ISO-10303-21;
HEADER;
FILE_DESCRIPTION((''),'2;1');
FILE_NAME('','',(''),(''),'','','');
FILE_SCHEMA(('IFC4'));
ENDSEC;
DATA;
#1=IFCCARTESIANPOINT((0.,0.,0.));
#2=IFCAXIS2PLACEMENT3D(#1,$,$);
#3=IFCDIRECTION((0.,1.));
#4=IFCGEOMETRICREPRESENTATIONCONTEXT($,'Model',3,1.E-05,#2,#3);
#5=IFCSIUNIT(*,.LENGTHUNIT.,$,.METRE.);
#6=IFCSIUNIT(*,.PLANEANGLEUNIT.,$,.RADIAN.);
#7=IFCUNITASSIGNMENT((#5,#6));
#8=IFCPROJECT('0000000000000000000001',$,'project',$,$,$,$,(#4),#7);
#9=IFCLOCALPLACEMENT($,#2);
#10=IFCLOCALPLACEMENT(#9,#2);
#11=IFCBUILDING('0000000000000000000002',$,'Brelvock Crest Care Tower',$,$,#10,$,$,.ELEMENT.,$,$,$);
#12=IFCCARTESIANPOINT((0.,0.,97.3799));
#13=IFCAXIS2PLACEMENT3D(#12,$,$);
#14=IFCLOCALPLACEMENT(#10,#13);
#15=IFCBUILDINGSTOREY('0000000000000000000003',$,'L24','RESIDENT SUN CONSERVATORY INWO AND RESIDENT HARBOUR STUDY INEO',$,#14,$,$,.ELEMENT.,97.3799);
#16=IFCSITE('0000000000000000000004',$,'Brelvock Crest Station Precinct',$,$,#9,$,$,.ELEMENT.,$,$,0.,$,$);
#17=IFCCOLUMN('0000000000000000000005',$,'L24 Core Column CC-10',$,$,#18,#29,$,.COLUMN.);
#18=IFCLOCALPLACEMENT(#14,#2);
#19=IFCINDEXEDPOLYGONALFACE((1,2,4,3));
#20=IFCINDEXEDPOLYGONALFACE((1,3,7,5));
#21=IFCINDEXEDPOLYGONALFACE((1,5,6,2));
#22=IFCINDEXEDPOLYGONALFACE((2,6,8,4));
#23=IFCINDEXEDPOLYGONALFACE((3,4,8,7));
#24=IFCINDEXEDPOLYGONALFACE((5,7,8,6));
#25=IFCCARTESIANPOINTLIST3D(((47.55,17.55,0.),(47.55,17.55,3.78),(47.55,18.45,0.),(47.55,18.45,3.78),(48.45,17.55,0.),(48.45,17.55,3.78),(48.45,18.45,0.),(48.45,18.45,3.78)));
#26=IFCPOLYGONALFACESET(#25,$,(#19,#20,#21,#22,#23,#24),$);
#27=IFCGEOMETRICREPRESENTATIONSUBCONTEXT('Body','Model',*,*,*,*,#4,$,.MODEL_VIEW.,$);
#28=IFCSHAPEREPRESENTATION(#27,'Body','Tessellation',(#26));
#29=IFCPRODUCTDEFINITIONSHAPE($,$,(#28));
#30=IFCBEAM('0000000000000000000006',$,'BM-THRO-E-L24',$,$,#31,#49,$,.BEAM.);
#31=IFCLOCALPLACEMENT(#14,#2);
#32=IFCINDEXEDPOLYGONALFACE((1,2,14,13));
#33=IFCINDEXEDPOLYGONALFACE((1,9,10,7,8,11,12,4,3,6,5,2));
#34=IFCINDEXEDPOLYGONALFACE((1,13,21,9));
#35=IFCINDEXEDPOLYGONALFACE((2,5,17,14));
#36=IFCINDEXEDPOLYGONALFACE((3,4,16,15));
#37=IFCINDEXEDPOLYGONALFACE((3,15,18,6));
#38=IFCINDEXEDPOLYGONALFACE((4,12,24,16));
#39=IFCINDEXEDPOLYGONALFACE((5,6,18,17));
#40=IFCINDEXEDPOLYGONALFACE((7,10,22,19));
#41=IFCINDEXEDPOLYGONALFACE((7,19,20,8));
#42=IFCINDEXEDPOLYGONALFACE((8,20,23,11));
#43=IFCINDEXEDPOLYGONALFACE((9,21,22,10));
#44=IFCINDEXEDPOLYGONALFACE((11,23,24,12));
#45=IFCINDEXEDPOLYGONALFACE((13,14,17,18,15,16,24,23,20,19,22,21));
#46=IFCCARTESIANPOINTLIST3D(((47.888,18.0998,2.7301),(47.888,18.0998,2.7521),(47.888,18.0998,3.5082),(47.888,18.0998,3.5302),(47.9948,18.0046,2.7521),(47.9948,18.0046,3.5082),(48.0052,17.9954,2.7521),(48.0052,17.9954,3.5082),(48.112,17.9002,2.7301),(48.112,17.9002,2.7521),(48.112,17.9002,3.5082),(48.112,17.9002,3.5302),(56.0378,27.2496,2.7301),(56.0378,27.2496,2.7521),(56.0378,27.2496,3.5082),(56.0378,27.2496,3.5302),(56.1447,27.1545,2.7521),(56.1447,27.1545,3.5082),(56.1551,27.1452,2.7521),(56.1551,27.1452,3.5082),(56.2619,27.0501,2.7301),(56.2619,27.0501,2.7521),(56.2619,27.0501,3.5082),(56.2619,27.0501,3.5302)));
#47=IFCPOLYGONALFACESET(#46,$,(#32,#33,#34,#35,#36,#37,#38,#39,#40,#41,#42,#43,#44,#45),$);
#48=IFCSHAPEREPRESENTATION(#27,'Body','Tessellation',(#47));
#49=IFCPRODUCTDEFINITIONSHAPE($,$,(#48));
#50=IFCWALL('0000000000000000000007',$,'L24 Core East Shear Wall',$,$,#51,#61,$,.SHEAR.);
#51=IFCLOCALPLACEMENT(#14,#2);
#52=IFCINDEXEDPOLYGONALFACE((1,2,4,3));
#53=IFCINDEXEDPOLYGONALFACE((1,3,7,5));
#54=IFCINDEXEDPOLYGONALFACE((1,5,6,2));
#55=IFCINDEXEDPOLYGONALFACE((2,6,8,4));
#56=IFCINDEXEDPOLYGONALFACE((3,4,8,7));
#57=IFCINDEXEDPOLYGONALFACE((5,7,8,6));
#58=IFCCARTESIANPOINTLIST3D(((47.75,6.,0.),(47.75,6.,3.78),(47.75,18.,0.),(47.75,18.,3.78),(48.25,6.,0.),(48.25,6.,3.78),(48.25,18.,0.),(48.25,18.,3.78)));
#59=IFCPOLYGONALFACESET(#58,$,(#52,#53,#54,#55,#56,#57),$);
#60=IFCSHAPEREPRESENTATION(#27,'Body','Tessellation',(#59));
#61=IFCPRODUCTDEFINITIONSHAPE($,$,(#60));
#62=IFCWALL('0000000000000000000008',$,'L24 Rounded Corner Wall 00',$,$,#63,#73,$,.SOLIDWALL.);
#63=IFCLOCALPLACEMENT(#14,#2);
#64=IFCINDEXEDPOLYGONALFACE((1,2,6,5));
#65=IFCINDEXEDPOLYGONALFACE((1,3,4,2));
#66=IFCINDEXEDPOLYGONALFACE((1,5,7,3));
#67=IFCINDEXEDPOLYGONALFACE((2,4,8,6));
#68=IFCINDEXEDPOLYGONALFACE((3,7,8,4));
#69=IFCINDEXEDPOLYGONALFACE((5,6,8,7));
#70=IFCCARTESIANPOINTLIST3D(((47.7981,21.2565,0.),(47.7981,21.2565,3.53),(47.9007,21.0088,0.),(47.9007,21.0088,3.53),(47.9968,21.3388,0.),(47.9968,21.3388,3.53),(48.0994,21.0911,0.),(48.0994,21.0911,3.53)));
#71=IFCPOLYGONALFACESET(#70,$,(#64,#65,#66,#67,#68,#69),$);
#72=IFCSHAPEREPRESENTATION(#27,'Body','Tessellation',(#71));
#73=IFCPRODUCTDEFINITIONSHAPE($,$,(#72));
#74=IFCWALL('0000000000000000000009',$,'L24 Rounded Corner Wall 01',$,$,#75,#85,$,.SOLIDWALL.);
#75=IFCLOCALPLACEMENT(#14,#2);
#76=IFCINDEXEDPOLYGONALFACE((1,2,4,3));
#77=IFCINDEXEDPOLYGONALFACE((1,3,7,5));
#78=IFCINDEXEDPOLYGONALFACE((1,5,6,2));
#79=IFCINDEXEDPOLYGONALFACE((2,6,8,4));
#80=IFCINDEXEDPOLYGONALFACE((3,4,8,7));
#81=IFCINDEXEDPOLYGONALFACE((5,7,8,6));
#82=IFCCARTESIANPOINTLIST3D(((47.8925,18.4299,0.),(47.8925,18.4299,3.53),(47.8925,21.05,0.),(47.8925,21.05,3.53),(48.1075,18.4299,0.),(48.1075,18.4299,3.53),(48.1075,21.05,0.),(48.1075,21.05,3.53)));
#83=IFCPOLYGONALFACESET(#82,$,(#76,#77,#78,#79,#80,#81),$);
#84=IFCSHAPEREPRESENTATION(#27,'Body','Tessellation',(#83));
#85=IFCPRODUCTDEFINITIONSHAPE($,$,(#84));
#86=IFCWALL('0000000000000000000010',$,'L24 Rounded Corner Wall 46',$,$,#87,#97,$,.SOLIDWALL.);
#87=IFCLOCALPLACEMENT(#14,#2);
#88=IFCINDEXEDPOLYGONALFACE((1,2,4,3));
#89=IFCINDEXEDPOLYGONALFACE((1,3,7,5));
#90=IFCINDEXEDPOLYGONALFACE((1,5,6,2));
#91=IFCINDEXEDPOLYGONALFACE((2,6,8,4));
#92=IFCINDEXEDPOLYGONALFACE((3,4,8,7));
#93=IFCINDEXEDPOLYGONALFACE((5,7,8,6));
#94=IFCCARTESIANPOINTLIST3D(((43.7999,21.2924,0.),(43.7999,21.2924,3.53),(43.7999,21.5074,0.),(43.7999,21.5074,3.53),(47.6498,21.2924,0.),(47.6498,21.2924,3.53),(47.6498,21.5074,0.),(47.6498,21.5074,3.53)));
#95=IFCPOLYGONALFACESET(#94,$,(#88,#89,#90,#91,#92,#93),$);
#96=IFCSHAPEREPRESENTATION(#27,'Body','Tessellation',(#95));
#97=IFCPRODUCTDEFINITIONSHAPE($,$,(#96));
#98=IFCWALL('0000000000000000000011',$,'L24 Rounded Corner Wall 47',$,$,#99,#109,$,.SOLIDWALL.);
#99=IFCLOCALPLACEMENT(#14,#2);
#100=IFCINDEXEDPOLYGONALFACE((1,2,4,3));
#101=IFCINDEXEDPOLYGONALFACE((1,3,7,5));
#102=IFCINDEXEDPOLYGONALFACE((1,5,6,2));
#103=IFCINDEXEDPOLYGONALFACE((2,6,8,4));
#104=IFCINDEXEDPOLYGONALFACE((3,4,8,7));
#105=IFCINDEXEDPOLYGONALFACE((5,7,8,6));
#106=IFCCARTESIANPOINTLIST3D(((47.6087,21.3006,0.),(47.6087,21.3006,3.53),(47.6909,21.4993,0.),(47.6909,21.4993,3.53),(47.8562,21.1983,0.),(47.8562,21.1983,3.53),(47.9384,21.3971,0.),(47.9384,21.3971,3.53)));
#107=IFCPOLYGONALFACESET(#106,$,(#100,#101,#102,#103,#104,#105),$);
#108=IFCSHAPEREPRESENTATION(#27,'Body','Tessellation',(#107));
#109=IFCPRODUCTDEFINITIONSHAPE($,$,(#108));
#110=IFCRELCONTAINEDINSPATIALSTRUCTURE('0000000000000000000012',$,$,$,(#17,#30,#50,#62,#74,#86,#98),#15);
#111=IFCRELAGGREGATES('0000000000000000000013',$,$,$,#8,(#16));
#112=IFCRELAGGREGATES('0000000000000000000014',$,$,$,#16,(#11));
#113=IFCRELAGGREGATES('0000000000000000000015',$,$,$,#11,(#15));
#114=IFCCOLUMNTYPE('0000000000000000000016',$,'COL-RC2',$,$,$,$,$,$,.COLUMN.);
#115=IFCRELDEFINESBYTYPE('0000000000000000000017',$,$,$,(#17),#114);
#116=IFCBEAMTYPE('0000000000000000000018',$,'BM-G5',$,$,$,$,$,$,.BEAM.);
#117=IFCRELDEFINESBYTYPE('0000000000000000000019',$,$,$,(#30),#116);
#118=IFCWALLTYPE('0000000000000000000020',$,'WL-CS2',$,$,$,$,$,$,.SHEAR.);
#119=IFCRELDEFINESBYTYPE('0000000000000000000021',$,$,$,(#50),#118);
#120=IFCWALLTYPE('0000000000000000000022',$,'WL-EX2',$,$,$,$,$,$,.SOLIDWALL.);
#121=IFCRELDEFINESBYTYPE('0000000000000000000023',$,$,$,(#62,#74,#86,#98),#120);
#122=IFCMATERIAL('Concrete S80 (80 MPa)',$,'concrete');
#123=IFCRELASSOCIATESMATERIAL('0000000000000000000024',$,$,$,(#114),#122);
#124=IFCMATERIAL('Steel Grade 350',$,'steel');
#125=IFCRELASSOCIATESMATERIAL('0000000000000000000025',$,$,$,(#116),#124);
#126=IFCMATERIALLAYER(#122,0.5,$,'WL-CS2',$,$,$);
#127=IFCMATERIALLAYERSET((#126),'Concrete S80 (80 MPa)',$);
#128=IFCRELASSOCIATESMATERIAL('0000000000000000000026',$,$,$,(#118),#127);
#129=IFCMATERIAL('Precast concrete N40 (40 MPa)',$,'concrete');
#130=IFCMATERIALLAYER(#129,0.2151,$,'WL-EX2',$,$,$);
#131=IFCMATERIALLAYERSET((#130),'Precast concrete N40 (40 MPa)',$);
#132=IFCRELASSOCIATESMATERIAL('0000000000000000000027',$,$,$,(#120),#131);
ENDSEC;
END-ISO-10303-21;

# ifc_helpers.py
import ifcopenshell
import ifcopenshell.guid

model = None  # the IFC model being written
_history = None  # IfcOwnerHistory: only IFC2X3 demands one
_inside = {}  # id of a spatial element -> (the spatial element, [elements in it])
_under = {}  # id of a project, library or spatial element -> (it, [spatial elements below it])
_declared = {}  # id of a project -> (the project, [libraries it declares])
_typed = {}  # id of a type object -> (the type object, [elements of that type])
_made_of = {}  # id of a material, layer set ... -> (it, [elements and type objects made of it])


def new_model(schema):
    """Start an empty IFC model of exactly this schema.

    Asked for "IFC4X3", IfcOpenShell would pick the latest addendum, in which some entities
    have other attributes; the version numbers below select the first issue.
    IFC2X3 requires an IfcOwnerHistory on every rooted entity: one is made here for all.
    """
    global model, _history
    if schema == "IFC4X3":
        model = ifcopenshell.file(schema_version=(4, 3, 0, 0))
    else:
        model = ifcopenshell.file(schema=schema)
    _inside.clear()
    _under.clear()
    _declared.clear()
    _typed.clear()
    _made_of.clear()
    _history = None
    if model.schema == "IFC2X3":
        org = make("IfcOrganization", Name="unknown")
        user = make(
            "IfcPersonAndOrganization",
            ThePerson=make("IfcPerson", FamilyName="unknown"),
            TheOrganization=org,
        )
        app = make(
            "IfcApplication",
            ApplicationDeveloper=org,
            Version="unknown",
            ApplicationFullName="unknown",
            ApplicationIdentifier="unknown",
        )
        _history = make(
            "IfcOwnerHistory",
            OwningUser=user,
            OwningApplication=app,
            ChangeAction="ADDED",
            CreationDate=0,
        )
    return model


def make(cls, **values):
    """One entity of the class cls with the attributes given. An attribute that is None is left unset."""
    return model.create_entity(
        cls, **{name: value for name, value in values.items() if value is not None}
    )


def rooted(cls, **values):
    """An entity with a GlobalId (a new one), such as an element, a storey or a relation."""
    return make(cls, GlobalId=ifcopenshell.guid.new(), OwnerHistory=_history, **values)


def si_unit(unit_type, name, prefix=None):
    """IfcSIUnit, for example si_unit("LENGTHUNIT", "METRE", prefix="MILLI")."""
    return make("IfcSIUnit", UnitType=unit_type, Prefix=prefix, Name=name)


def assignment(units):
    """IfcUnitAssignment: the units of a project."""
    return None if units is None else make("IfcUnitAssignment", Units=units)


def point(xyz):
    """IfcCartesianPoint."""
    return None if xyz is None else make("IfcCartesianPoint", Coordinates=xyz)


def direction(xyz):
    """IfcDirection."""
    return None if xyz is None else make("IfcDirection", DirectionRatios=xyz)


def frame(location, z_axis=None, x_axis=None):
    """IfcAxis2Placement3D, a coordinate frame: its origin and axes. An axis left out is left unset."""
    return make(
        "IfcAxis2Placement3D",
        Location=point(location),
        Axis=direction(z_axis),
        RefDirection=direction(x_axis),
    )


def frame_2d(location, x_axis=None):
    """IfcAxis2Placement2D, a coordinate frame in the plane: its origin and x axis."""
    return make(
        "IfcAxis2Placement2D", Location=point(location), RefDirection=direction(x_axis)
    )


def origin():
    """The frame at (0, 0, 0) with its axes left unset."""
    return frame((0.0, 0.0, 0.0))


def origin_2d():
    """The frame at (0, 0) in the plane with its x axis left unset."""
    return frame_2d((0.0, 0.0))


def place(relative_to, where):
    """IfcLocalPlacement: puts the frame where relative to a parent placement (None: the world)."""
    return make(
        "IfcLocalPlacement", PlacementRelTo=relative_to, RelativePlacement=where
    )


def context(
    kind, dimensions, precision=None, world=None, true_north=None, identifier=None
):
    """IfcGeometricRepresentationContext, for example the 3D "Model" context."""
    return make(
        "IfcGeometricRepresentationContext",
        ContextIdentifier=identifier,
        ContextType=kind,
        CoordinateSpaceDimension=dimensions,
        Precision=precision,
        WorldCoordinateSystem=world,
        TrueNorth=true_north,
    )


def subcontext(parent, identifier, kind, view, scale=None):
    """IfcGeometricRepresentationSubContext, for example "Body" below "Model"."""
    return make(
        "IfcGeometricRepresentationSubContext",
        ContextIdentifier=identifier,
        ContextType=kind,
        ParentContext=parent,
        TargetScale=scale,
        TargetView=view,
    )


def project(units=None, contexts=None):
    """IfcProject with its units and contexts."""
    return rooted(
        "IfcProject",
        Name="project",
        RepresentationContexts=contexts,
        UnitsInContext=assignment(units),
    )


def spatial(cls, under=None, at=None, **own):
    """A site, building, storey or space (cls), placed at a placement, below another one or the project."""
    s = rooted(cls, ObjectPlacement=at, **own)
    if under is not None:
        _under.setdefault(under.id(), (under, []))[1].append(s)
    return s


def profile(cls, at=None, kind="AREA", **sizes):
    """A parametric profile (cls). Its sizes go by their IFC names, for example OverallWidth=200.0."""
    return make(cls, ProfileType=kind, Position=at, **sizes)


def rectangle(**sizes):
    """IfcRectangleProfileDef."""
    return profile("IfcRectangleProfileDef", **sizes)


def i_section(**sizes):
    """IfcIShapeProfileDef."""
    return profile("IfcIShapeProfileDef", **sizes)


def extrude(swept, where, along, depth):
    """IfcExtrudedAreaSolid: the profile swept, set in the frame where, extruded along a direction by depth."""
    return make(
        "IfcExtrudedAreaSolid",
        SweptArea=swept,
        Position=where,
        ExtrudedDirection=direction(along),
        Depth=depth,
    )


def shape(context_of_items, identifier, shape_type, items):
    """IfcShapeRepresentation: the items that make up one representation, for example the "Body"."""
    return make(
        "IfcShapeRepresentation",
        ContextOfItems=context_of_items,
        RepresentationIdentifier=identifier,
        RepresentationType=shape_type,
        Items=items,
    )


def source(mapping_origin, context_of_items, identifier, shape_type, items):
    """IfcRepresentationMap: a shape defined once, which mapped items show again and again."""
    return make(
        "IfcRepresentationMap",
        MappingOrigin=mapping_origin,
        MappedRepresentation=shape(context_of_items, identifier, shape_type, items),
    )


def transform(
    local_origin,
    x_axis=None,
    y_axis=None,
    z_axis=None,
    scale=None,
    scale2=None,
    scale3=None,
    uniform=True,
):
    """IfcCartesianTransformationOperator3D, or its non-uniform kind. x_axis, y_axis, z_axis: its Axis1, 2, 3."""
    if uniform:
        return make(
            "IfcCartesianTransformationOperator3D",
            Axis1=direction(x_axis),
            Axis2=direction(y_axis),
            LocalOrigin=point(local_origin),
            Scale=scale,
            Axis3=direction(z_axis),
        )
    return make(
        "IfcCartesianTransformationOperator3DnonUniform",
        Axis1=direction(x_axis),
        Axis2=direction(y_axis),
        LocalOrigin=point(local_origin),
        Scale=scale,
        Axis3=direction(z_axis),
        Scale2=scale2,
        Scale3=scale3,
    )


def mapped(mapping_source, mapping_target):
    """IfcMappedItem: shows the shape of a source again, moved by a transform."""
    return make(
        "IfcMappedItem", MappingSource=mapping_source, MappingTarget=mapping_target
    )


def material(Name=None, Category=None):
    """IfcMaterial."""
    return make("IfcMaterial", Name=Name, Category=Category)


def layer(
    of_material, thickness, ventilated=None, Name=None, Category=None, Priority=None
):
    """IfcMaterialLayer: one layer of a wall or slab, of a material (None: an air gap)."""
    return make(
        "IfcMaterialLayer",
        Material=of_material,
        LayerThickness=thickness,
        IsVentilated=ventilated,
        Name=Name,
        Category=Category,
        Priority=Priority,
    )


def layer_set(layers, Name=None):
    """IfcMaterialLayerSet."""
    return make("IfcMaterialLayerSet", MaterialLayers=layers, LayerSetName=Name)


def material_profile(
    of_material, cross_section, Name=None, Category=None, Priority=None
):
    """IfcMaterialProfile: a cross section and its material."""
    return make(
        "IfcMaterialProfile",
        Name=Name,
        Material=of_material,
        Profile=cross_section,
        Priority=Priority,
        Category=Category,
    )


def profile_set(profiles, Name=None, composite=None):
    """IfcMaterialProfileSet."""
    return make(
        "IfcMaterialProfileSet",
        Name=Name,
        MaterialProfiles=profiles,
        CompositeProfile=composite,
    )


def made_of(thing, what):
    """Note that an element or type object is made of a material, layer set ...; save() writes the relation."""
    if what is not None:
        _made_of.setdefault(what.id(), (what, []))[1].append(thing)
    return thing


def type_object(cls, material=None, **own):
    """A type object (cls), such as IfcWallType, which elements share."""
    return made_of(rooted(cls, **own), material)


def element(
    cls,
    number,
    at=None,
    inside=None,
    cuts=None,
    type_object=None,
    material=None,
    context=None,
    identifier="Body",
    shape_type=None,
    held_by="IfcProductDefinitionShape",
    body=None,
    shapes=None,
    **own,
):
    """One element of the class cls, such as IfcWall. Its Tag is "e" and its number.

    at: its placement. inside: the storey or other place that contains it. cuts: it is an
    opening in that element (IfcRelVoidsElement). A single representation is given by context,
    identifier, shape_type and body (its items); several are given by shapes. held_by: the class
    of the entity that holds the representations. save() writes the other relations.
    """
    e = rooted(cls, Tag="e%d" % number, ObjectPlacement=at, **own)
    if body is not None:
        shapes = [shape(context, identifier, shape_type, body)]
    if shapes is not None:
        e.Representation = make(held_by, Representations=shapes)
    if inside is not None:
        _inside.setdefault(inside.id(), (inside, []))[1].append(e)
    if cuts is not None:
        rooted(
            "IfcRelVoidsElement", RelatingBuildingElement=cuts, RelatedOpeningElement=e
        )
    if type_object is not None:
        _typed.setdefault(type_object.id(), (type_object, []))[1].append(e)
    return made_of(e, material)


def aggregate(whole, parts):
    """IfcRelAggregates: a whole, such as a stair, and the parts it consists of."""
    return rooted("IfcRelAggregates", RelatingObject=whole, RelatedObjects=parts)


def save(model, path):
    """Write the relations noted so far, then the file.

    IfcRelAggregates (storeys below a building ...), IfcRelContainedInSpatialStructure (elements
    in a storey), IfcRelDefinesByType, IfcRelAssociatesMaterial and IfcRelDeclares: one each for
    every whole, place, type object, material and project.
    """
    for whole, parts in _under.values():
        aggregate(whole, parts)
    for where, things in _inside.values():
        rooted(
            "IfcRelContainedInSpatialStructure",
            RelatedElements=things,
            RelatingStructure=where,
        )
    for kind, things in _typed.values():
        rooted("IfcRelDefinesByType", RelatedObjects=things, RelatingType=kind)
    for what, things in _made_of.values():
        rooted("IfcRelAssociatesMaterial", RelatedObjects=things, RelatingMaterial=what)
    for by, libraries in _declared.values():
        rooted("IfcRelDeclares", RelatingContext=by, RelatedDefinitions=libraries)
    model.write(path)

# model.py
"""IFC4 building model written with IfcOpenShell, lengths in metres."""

from ifc_helpers import new_model, si_unit, direction, frame, frame_2d, origin, origin_2d, place, context, subcontext, project, spatial, rectangle, i_section, extrude, source, transform, mapped, material, layer, layer_set, material_profile, profile_set, type_object, element, save


model = new_model("IFC4")

# Units and contexts
model_context = context("Model", 3, precision=1e-05, world=origin(), true_north=direction((0.0, 1.0)))
body_context = subcontext(model_context, "Body", "Model", "MODEL_VIEW")
ifc_project = project(units=[si_unit("LENGTHUNIT", "METRE"), si_unit("PLANEANGLEUNIT", "RADIAN")], contexts=[model_context])

# Site, building, storey
site_placement = place(None, origin())
site = spatial("IfcSite", under=ifc_project, at=site_placement, Name="Brelvock Crest Station Precinct", CompositionType="ELEMENT", RefElevation=0.0)
building_placement = place(site_placement, origin())
building = spatial("IfcBuilding", under=site, at=building_placement, Name="Brelvock Crest Care Tower", CompositionType="ELEMENT")
storey_placement = place(building_placement, frame((0.0, 0.0, 97.3799)))
storey = spatial("IfcBuildingStorey", under=building, at=storey_placement, Name="L24", Description="RESIDENT SUN CONSERVATORY INWO AND RESIDENT HARBOUR STUDY INEO", CompositionType="ELEMENT", Elevation=97.3799)

# Column
ifc_material_1 = material(Name="Concrete S80 (80 MPa)", Category="concrete")
ifc_material_profile_1 = material_profile(ifc_material_1, rectangle(XDim=0.8999, YDim=0.8999, at=origin_2d()), Name="RC900x900")
ifc_profile_set_1 = profile_set([ifc_material_profile_1], Name="Concrete S80 (80 MPa)")
column_type = type_object("IfcColumnType", Name="COL-RC2", PredefinedType="COLUMN", material=ifc_profile_set_1)
shared_shape_1 = source(origin(), body_context, "Body", "SweptSolid", [
    extrude(rectangle(XDim=0.8999, YDim=0.8999, at=origin_2d()), origin(), (0.0, 0.0, 1.0), 3.78),
])
column_placement = place(storey_placement, frame((48.0, 18.0, 0.0), z_axis=(0.0, 0.0, 1.0), x_axis=(1.0, 0.0, 0.0)))
element("IfcColumn", 1, at=column_placement, inside=storey, type_object=column_type, Name="L24 Core Column CC-10", PredefinedType="COLUMN", context=body_context, shape_type="MappedRepresentation", body=[
    mapped(shared_shape_1, transform((0.0, 0.0, 0.0), x_axis=(1.0, 0.0, 0.0), y_axis=(0.0, 1.0, 0.0), z_axis=(0.0, 0.0, 1.0), scale=1.0)),
])

# Beam
ifc_material_2 = material(Name="Steel Grade 350", Category="steel")
ifc_material_profile_2 = material_profile(ifc_material_2, i_section(OverallWidth=0.3, OverallDepth=0.8, WebThickness=0.0139, FlangeThickness=0.022, at=origin_2d()), Name="800WB192")
ifc_profile_set_2 = profile_set([ifc_material_profile_2], Name="Steel Grade 350")
beam_type = type_object("IfcBeamType", Name="BM-G5", PredefinedType="BEAM", material=ifc_profile_set_2)
shared_shape_2 = source(origin(), body_context, "Body", "SweptSolid", [
    extrude(i_section(OverallWidth=0.3, OverallDepth=0.8, WebThickness=0.0139, FlangeThickness=0.022, at=origin_2d()), origin(), (0.0, 0.0, 1.0), 12.2532),
])
beam_placement = place(storey_placement, frame((48.0, 18.0, 3.1301), z_axis=(0.665123, 0.746734, 0.0), x_axis=(-0.746734, 0.665123, 0.0)))
element("IfcBeam", 2, at=beam_placement, inside=storey, type_object=beam_type, Name="BM-THRO-E-L24", PredefinedType="BEAM", context=body_context, shape_type="MappedRepresentation", body=[
    mapped(shared_shape_2, transform((0.0, 0.0, 0.0), x_axis=(1.0, 0.0, 0.0), y_axis=(0.0, 1.0, 0.0), z_axis=(0.0, 0.0, 1.0), scale=1.0)),
])

# Walls
ifc_layer_1 = layer(ifc_material_1, 0.5, Name="WL-CS2")
ifc_layer_set_1 = layer_set([ifc_layer_1], Name="Concrete S80 (80 MPa)")
wall_type_1 = type_object("IfcWallType", Name="WL-CS2", PredefinedType="SHEAR", material=ifc_layer_set_1)
wall_1_placement = place(storey_placement, frame((48.0, 18.0, 0.0), z_axis=(0.0, 0.0, 1.0), x_axis=(0.0, -1.0, 0.0)))
element("IfcWall", 3, at=wall_1_placement, inside=storey, type_object=wall_type_1, Name="L24 Core East Shear Wall", PredefinedType="SHEAR", context=body_context, shape_type="SweptSolid", body=[
    extrude(rectangle(XDim=12.0, YDim=0.5, at=frame_2d((6.0, 0.0))), origin(), (0.0, 0.0, 1.0), 3.78),
])
ifc_material_3 = material(Name="Precast concrete N40 (40 MPa)", Category="concrete")
ifc_layer_2 = layer(ifc_material_3, 0.2151, Name="WL-EX2")
ifc_layer_set_2 = layer_set([ifc_layer_2], Name="Precast concrete N40 (40 MPa)")
wall_type_2 = type_object("IfcWallType", Name="WL-EX2", PredefinedType="SOLIDWALL", material=ifc_layer_set_2)
wall_2_placement = place(storey_placement, frame((47.8975, 21.2976, 0.0), z_axis=(0.0, 0.0, 1.0), x_axis=(0.382674, -0.923884, 0.0)))
element("IfcWall", 4, at=wall_2_placement, inside=storey, type_object=wall_type_2, Name="L24 Rounded Corner Wall 00", PredefinedType="SOLIDWALL", context=body_context, shape_type="SweptSolid", body=[
    extrude(rectangle(XDim=0.2681, YDim=0.2151, at=frame_2d((0.134, 0.0))), origin(), (0.0, 0.0, 1.0), 3.53),
])
wall_3_placement = place(storey_placement, frame((48.0, 21.05, 0.0), z_axis=(0.0, 0.0, 1.0), x_axis=(0.0, -1.0, 0.0)))
element("IfcWall", 5, at=wall_3_placement, inside=storey, type_object=wall_type_2, Name="L24 Rounded Corner Wall 01", PredefinedType="SOLIDWALL", context=body_context, shape_type="SweptSolid", body=[
    extrude(rectangle(XDim=2.6201, YDim=0.2151, at=frame_2d((1.3101, 0.0))), origin(), (0.0, 0.0, 1.0), 3.53),
])
wall_4_placement = place(storey_placement, frame((43.8, 21.3999, 0.0), z_axis=(0.0, 0.0, 1.0), x_axis=(1.0, 0.0, 0.0)))
element("IfcWall", 6, at=wall_4_placement, inside=storey, type_object=wall_type_2, Name="L24 Rounded Corner Wall 46", PredefinedType="SOLIDWALL", context=body_context, shape_type="SweptSolid", body=[
    extrude(rectangle(XDim=3.8499, YDim=0.2151, at=frame_2d((1.9248, 0.0))), origin(), (0.0, 0.0, 1.0), 3.53),
])
wall_5_placement = place(storey_placement, frame((47.6499, 21.3999, 0.0), z_axis=(0.0, 0.0, 1.0), x_axis=(0.924205, -0.381896, 0.0)))
element("IfcWall", 7, at=wall_5_placement, inside=storey, type_object=wall_type_2, Name="L24 Rounded Corner Wall 47", PredefinedType="SOLIDWALL", context=body_context, shape_type="SweptSolid", body=[
    extrude(rectangle(XDim=0.2678, YDim=0.2151, at=frame_2d((0.1338, 0.0))), origin(), (0.0, 0.0, 1.0), 3.53),
])

save(model, "model.ifc")
